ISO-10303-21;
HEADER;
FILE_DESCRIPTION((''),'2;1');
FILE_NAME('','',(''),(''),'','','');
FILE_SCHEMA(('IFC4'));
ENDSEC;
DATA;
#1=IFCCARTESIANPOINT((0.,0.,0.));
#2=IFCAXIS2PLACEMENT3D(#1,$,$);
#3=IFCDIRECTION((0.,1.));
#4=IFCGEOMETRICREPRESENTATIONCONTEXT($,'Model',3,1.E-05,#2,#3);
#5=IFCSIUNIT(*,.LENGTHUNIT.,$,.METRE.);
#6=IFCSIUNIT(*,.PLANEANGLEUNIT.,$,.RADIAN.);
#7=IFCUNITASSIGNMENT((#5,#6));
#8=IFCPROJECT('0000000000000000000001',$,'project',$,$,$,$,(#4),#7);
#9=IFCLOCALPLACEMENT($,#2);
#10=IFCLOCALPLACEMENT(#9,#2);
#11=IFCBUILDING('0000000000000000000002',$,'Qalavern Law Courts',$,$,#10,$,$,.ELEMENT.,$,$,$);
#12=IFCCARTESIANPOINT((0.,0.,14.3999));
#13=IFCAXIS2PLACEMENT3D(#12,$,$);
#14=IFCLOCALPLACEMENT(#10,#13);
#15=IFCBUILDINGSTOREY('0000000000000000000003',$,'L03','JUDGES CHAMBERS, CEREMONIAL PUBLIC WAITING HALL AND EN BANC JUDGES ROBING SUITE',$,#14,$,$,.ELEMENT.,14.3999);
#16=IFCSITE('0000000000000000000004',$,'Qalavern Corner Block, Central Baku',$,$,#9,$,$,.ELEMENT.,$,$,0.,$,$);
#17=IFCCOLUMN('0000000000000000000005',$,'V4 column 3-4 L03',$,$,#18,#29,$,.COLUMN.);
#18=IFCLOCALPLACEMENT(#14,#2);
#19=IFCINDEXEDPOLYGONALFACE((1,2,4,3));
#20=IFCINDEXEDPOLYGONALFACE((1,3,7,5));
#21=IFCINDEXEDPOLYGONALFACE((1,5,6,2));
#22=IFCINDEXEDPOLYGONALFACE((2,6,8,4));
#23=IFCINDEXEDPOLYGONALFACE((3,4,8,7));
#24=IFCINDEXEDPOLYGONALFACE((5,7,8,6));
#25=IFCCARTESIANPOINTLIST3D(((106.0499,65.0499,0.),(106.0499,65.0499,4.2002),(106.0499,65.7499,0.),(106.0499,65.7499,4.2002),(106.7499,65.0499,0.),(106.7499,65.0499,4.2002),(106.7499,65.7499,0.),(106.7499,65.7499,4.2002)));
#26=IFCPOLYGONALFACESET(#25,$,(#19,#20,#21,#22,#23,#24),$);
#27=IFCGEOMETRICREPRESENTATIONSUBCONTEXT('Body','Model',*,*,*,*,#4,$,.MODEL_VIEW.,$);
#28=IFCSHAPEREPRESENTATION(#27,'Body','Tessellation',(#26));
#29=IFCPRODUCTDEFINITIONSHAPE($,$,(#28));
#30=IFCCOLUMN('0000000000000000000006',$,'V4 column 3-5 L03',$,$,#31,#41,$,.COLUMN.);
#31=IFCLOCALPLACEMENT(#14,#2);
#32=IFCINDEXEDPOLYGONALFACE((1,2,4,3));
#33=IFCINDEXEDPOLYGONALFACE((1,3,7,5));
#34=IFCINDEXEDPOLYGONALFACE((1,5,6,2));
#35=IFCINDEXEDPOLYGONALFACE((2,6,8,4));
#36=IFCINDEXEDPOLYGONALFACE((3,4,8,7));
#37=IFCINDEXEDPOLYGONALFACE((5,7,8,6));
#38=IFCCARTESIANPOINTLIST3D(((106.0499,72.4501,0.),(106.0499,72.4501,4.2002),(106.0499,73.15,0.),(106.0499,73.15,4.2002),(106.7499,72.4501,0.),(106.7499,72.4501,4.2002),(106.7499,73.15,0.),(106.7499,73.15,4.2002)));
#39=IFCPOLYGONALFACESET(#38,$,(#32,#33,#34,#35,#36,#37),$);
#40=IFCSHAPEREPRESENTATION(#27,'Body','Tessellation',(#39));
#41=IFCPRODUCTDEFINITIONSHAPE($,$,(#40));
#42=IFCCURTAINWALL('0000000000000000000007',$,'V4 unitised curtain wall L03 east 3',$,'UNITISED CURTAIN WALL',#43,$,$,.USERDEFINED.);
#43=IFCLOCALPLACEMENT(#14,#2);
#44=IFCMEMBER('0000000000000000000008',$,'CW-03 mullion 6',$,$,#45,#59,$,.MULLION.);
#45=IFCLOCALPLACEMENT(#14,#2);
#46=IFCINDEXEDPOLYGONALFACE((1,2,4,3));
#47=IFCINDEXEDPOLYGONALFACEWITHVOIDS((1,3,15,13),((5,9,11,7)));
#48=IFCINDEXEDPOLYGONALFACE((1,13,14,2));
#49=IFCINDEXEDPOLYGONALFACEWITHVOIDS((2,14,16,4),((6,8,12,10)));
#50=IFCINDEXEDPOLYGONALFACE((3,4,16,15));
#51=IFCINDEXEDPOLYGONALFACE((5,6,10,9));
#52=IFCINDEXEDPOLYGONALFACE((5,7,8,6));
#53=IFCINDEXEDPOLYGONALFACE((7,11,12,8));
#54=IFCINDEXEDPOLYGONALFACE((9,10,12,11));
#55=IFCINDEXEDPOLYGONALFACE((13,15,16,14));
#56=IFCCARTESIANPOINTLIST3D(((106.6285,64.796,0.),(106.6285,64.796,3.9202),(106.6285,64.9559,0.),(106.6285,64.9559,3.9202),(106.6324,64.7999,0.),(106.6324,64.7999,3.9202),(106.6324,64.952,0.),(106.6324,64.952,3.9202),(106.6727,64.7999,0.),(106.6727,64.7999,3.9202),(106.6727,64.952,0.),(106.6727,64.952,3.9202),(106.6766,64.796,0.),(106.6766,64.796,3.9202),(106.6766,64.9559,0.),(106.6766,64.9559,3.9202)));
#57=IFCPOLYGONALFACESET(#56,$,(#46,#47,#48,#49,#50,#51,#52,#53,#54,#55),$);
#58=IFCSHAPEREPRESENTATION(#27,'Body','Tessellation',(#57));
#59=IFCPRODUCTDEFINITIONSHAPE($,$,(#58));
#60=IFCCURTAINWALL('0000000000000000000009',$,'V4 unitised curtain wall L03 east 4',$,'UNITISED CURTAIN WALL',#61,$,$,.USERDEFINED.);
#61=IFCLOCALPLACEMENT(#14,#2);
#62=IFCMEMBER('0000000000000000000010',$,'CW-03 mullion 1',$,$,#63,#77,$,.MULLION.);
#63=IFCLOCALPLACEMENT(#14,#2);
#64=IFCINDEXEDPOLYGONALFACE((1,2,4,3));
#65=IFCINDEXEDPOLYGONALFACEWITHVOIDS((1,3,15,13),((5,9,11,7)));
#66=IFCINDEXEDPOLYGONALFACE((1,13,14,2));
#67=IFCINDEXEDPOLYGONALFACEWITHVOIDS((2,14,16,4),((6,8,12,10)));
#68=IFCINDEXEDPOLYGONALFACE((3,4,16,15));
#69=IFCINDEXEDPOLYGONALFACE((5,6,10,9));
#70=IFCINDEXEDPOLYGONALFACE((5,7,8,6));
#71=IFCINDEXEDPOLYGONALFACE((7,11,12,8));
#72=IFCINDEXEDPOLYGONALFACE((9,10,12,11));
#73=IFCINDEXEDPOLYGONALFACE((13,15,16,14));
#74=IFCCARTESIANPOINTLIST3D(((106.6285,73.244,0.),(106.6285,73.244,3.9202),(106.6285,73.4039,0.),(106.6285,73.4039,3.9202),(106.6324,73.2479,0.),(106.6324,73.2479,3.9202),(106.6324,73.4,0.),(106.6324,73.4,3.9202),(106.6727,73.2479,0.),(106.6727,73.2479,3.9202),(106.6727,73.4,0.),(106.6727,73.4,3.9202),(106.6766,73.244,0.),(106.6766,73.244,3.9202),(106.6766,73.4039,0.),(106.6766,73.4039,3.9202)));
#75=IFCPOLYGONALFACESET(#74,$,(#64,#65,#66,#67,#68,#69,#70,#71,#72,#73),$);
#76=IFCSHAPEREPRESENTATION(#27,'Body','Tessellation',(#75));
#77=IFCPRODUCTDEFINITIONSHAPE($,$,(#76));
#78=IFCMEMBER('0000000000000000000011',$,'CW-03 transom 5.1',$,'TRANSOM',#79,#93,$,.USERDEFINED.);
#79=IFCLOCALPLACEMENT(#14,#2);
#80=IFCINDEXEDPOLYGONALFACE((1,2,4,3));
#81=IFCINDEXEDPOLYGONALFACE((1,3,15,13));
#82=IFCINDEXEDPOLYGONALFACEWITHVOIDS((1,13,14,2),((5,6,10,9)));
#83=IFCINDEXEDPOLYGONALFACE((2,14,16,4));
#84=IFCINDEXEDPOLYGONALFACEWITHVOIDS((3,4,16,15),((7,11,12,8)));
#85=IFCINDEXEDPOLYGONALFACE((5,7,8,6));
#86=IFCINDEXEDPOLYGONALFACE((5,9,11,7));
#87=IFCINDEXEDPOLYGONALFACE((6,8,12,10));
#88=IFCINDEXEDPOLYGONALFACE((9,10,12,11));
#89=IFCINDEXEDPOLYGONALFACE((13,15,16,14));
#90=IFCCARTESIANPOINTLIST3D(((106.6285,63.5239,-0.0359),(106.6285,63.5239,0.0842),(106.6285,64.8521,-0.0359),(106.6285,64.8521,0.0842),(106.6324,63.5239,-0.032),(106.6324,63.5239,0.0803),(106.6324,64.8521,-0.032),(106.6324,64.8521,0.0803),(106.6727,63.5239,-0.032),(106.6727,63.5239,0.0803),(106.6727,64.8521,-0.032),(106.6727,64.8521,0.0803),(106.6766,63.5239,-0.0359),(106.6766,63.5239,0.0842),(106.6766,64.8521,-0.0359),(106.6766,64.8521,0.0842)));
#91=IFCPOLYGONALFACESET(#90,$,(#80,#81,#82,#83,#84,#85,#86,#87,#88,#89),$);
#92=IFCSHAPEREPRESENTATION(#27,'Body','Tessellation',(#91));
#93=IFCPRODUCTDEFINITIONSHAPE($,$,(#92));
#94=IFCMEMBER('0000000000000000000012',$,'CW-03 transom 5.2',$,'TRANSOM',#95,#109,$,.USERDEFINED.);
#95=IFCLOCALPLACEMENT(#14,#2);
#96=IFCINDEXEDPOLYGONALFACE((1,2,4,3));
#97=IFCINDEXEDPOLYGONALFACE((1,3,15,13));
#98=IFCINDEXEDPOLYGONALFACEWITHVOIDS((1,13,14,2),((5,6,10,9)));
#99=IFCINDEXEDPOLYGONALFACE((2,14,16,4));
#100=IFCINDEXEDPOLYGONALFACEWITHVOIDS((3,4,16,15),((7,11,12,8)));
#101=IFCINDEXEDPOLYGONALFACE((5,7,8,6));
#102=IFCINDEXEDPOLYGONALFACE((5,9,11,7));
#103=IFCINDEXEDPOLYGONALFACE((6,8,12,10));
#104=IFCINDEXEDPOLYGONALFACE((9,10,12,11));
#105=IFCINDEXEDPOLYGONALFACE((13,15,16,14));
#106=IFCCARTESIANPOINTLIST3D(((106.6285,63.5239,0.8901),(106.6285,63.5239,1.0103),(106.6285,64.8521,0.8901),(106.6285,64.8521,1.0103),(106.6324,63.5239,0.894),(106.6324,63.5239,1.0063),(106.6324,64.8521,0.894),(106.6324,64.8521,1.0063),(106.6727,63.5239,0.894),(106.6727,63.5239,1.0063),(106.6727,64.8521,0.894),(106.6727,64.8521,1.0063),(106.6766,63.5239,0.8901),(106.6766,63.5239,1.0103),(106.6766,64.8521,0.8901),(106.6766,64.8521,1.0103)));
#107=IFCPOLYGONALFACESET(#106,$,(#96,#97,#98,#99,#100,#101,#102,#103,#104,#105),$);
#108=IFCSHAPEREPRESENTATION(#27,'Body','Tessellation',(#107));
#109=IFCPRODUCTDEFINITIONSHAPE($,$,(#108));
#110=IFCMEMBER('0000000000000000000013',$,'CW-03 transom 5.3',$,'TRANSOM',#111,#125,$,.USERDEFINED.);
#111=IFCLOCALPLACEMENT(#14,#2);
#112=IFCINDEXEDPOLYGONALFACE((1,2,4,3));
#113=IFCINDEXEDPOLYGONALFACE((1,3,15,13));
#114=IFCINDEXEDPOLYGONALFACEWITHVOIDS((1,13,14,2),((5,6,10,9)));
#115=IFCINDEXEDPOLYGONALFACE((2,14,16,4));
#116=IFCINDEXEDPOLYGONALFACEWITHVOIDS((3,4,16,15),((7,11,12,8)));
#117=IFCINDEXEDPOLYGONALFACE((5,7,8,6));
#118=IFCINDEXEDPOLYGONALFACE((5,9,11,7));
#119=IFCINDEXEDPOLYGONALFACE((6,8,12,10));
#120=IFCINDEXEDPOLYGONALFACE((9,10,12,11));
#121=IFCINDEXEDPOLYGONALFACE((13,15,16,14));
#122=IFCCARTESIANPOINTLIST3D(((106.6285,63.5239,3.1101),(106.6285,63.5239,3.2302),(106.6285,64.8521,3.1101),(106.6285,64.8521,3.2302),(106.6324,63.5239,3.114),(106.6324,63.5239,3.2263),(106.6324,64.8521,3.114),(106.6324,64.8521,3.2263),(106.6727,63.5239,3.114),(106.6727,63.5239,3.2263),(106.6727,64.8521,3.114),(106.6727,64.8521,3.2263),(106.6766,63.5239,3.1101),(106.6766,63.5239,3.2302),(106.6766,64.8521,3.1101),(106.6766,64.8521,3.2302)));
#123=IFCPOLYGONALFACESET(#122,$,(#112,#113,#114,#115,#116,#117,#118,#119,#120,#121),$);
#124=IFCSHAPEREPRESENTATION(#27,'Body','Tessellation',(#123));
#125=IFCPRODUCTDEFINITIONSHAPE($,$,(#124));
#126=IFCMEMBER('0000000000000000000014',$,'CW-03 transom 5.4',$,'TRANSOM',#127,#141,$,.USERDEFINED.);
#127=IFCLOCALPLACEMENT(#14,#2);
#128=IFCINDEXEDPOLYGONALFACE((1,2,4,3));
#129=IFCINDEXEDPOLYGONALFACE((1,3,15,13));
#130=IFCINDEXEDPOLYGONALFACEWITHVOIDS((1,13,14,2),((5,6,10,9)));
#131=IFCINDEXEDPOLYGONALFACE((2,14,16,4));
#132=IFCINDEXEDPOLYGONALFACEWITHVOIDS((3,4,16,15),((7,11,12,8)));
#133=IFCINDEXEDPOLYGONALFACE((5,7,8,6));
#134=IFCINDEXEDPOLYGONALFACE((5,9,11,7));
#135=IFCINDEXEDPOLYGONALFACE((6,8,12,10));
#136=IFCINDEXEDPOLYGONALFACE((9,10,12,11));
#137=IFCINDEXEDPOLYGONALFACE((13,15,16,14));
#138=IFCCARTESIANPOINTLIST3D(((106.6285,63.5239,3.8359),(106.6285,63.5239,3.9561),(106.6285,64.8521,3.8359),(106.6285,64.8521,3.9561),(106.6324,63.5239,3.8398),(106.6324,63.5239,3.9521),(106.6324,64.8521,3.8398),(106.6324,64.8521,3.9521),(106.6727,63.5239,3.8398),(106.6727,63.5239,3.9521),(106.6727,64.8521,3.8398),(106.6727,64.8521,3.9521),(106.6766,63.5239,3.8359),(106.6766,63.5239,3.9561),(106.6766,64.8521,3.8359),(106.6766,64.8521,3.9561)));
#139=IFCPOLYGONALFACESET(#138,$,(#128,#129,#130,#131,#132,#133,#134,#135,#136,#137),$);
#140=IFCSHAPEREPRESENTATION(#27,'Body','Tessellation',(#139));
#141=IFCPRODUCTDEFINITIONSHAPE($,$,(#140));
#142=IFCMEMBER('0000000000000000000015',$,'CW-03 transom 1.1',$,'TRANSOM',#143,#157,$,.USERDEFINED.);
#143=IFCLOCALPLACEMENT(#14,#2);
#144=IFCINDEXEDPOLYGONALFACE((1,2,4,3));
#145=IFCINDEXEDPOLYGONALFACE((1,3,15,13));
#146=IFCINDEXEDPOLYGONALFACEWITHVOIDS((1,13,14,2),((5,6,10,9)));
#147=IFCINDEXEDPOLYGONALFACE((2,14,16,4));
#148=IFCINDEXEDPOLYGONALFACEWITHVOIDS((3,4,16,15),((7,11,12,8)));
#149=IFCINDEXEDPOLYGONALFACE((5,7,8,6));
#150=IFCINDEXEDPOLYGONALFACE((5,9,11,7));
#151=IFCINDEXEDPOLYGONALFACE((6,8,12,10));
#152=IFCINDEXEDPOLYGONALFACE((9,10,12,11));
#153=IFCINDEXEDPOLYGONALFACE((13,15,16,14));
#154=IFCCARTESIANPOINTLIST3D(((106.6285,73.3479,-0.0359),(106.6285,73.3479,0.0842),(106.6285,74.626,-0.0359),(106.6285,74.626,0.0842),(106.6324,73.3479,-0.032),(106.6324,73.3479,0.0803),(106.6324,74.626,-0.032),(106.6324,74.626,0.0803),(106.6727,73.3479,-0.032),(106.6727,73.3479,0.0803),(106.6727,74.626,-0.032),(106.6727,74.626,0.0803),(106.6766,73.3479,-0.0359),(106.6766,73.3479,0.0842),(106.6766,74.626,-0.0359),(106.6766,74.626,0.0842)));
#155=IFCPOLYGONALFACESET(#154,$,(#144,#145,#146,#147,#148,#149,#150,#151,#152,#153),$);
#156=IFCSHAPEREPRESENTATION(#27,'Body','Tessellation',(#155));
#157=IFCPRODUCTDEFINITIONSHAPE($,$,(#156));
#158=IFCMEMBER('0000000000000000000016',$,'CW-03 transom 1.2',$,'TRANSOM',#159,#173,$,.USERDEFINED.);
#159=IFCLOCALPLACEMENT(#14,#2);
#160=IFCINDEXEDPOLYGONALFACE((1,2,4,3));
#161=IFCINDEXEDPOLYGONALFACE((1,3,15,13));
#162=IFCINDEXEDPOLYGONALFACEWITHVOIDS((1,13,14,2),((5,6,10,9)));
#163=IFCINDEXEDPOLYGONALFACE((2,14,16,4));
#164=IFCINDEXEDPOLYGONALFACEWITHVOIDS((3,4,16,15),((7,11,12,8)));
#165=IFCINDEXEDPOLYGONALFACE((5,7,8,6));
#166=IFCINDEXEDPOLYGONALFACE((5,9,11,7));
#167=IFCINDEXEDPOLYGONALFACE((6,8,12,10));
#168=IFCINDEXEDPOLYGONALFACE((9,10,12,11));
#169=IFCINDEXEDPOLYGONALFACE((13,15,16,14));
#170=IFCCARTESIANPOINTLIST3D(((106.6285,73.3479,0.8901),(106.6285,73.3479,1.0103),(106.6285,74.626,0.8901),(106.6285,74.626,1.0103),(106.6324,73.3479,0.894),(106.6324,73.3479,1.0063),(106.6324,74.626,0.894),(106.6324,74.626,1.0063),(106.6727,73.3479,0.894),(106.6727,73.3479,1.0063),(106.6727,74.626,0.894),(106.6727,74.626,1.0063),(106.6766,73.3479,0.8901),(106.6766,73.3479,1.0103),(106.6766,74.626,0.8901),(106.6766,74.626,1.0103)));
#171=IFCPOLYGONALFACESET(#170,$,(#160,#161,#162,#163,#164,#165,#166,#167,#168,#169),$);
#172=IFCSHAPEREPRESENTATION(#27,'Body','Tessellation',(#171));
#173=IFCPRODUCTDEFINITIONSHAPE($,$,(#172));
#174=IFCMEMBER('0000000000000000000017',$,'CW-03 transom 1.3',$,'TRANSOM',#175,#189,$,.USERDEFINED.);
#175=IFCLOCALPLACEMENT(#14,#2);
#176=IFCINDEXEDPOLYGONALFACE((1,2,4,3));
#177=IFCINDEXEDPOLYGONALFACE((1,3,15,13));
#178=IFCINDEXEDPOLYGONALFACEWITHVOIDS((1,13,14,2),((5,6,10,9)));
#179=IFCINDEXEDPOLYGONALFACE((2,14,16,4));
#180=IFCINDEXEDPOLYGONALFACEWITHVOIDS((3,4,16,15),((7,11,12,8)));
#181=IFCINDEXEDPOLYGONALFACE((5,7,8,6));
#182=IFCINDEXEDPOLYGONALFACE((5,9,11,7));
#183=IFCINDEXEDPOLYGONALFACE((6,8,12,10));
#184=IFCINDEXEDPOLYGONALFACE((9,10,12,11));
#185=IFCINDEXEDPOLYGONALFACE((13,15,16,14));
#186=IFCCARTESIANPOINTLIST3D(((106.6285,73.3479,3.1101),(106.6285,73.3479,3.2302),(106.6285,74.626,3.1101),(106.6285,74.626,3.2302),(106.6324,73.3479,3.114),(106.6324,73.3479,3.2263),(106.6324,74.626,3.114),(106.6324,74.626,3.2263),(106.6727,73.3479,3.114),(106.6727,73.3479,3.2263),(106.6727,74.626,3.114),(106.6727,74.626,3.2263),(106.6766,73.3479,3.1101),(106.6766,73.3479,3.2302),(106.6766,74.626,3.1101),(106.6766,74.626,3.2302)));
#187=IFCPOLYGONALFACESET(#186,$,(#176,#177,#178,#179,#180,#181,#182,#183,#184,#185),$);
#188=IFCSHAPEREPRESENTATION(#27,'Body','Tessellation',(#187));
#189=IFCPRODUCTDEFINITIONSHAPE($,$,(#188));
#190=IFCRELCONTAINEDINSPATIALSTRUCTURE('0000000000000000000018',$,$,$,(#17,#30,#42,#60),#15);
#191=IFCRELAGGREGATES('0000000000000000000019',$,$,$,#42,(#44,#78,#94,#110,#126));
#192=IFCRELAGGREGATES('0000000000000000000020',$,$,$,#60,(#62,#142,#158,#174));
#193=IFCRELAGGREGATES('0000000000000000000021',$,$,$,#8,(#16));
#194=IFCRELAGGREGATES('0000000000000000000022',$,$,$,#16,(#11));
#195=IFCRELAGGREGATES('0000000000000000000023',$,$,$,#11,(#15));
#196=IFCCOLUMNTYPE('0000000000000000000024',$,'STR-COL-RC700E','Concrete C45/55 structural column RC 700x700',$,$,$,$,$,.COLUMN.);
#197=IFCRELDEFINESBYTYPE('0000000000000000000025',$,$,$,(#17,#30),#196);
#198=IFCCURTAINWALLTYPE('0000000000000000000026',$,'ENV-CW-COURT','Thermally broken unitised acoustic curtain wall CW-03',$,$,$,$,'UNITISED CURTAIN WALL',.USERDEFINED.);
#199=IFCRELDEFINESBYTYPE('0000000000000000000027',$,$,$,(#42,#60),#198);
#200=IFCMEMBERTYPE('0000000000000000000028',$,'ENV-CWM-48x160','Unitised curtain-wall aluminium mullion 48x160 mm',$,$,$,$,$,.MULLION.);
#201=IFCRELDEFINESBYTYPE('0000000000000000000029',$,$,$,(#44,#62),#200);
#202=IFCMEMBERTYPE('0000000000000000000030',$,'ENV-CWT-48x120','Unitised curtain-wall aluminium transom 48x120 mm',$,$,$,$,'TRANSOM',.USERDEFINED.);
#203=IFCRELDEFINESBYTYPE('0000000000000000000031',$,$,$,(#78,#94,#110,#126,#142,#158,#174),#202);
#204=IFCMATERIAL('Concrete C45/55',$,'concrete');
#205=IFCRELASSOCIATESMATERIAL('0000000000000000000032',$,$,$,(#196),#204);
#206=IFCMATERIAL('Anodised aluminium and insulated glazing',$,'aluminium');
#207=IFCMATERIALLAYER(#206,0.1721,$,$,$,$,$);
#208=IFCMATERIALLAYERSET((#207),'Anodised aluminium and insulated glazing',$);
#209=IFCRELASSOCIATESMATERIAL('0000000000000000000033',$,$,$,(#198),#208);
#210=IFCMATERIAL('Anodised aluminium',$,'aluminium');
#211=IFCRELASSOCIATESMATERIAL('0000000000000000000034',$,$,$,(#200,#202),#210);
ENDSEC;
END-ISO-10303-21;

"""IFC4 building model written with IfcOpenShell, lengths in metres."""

from ifc_helpers import new_model, si_unit, direction, frame, origin, origin_2d, place, context, subcontext, project, spatial, rectangle, hollow_rectangle, extrude, material, layer, layer_set, material_profile, profile_set, type_object, element, aggregate, save


model = new_model("IFC4")

# Units and contexts
model_context = context("Model", 3, precision=1e-05, world=origin(), true_north=direction((0.0, 1.0)))
body_context = subcontext(model_context, "Body", "Model", "MODEL_VIEW")
ifc_project = project(units=[si_unit("LENGTHUNIT", "METRE"), si_unit("PLANEANGLEUNIT", "RADIAN")], contexts=[model_context])

# Site, building, storey
site_placement = place(None, origin())
site = spatial("IfcSite", under=ifc_project, at=site_placement, Name="Qalavern Corner Block, Central Baku", CompositionType="ELEMENT", RefElevation=0.0)
building_placement = place(site_placement, origin())
building = spatial("IfcBuilding", under=site, at=building_placement, Name="Qalavern Law Courts", CompositionType="ELEMENT")
storey_placement = place(building_placement, frame((0.0, 0.0, 14.3999)))
storey = spatial("IfcBuildingStorey", under=building, at=storey_placement, Name="L03", Description="JUDGES CHAMBERS, CEREMONIAL PUBLIC WAITING HALL AND EN BANC JUDGES ROBING SUITE", CompositionType="ELEMENT", Elevation=14.3999)

# Columns
ifc_material_1 = material(Name="Concrete C45/55", Category="concrete")
ifc_material_profile_1 = material_profile(ifc_material_1, rectangle(XDim=0.7, YDim=0.7, at=origin_2d()), Name="RC 700x700")
ifc_profile_set_1 = profile_set([ifc_material_profile_1], Name="Concrete C45/55")
column_type = type_object("IfcColumnType", Name="STR-COL-RC700E", Description="Concrete C45/55 structural column RC 700x700", PredefinedType="COLUMN", material=ifc_profile_set_1)
for number, where, z_axis, x_axis, name in (
    (1, (106.3999, 65.3999, 0.0), (0.0, 0.0, 1.0), (1.0, 0.0, 0.0), "V4 column 3-4 L03"),
    (2, (106.3999, 72.8, 0.0), (0.0, 0.0, 1.0), (1.0, 0.0, 0.0), "V4 column 3-5 L03"),
):
    element("IfcColumn", number, at=place(storey_placement, frame(where, z_axis=z_axis, x_axis=x_axis)), inside=storey, type_object=column_type, Name=name, PredefinedType="COLUMN", context=body_context, shape_type="SweptSolid", body=[
        extrude(rectangle(XDim=0.7, YDim=0.7, at=origin_2d()), origin(), (0.0, 0.0, 1.0), 4.2002),
    ])

# Curtain walls, members
ifc_material_2 = material(Name="Anodised aluminium and insulated glazing", Category="aluminium")
ifc_layer_1 = layer(ifc_material_2, 0.1721)
ifc_layer_set_1 = layer_set([ifc_layer_1], Name="Anodised aluminium and insulated glazing")
curtain_wall_type = type_object("IfcCurtainWallType", Name="ENV-CW-COURT", Description="Thermally broken unitised acoustic curtain wall CW-03", ElementType="UNITISED CURTAIN WALL", PredefinedType="USERDEFINED", material=ifc_layer_set_1)
curtain_wall_1_placement = place(storey_placement, origin())
curtain_wall_1 = element("IfcCurtainWall", 3, at=curtain_wall_1_placement, inside=storey, type_object=curtain_wall_type, Name="V4 unitised curtain wall L03 east 3", ObjectType="UNITISED CURTAIN WALL", PredefinedType="USERDEFINED")
ifc_material_3 = material(Name="Anodised aluminium", Category="aluminium")
ifc_material_profile_2 = material_profile(ifc_material_3, hollow_rectangle(XDim=0.0481, YDim=0.1599, WallThickness=0.0039, at=origin_2d()), Name="ALU MULLION 48x160")
ifc_profile_set_2 = profile_set([ifc_material_profile_2], Name="Anodised aluminium")
member_type_1 = type_object("IfcMemberType", Name="ENV-CWM-48x160", Description="Unitised curtain-wall aluminium mullion 48x160 mm", PredefinedType="MULLION", material=ifc_profile_set_2)
member_1_placement = place(storey_placement, frame((106.6526, 64.876, 0.0), z_axis=(0.0, 0.0, 1.0), x_axis=(-1.0, 0.0, 0.0)))
member_1 = element("IfcMember", 4, at=member_1_placement, type_object=member_type_1, Name="CW-03 mullion 6", PredefinedType="MULLION", context=body_context, shape_type="SweptSolid", body=[
    extrude(hollow_rectangle(XDim=0.0481, YDim=0.1599, WallThickness=0.0039, at=origin_2d()), origin(), (0.0, 0.0, 1.0), 3.9202),
])
curtain_wall_2_placement = place(storey_placement, origin())
curtain_wall_2 = element("IfcCurtainWall", 5, at=curtain_wall_2_placement, inside=storey, type_object=curtain_wall_type, Name="V4 unitised curtain wall L03 east 4", ObjectType="UNITISED CURTAIN WALL", PredefinedType="USERDEFINED")
member_2_placement = place(storey_placement, frame((106.6526, 73.324, 0.0), z_axis=(0.0, 0.0, 1.0), x_axis=(-1.0, 0.0, 0.0)))
member_2 = element("IfcMember", 6, at=member_2_placement, type_object=member_type_1, Name="CW-03 mullion 1", PredefinedType="MULLION", context=body_context, shape_type="SweptSolid", body=[
    extrude(hollow_rectangle(XDim=0.0481, YDim=0.1599, WallThickness=0.0039, at=origin_2d()), origin(), (0.0, 0.0, 1.0), 3.9202),
])

# Members
ifc_material_profile_3 = material_profile(ifc_material_3, hollow_rectangle(XDim=0.0481, YDim=0.1201, WallThickness=0.0039, at=origin_2d()), Name="ALU TRANSOM 48x120")
ifc_profile_set_3 = profile_set([ifc_material_profile_3], Name="Anodised aluminium")
member_type_2 = type_object("IfcMemberType", Name="ENV-CWT-48x120", Description="Unitised curtain-wall aluminium transom 48x120 mm", ElementType="TRANSOM", PredefinedType="USERDEFINED", material=ifc_profile_set_3)
member_3_placement = place(storey_placement, frame((106.6526, 63.5239, 0.0242), z_axis=(0.0, 1.0, 0.0), x_axis=(-1.0, 0.0, 0.0)))
member_3 = element("IfcMember", 7, at=member_3_placement, type_object=member_type_2, Name="CW-03 transom 5.1", ObjectType="TRANSOM", PredefinedType="USERDEFINED", context=body_context, shape_type="SweptSolid", body=[
    extrude(hollow_rectangle(XDim=0.0481, YDim=0.1201, WallThickness=0.0039, at=origin_2d()), origin(), (0.0, 0.0, 1.0), 1.3281),
])
member_4_placement = place(storey_placement, frame((106.6526, 63.5239, 0.9502), z_axis=(0.0, 1.0, 0.0), x_axis=(-1.0, 0.0, 0.0)))
member_4 = element("IfcMember", 8, at=member_4_placement, type_object=member_type_2, Name="CW-03 transom 5.2", ObjectType="TRANSOM", PredefinedType="USERDEFINED", context=body_context, shape_type="SweptSolid", body=[
    extrude(hollow_rectangle(XDim=0.0481, YDim=0.1201, WallThickness=0.0039, at=origin_2d()), origin(), (0.0, 0.0, 1.0), 1.3281),
])
member_5_placement = place(storey_placement, frame((106.6526, 63.5239, 3.1702), z_axis=(0.0, 1.0, 0.0), x_axis=(-1.0, 0.0, 0.0)))
member_5 = element("IfcMember", 9, at=member_5_placement, type_object=member_type_2, Name="CW-03 transom 5.3", ObjectType="TRANSOM", PredefinedType="USERDEFINED", context=body_context, shape_type="SweptSolid", body=[
    extrude(hollow_rectangle(XDim=0.0481, YDim=0.1201, WallThickness=0.0039, at=origin_2d()), origin(), (0.0, 0.0, 1.0), 1.3281),
])
member_6_placement = place(storey_placement, frame((106.6526, 63.5239, 3.896), z_axis=(0.0, 1.0, 0.0), x_axis=(-1.0, 0.0, 0.0)))
member_6 = element("IfcMember", 10, at=member_6_placement, type_object=member_type_2, Name="CW-03 transom 5.4", ObjectType="TRANSOM", PredefinedType="USERDEFINED", context=body_context, shape_type="SweptSolid", body=[
    extrude(hollow_rectangle(XDim=0.0481, YDim=0.1201, WallThickness=0.0039, at=origin_2d()), origin(), (0.0, 0.0, 1.0), 1.3281),
])
member_7_placement = place(storey_placement, frame((106.6526, 73.3479, 0.0242), z_axis=(0.0, 1.0, 0.0), x_axis=(-1.0, 0.0, 0.0)))
member_7 = element("IfcMember", 11, at=member_7_placement, type_object=member_type_2, Name="CW-03 transom 1.1", ObjectType="TRANSOM", PredefinedType="USERDEFINED", context=body_context, shape_type="SweptSolid", body=[
    extrude(hollow_rectangle(XDim=0.0481, YDim=0.1201, WallThickness=0.0039, at=origin_2d()), origin(), (0.0, 0.0, 1.0), 1.2781),
])
member_8_placement = place(storey_placement, frame((106.6526, 73.3479, 0.9502), z_axis=(0.0, 1.0, 0.0), x_axis=(-1.0, 0.0, 0.0)))
member_8 = element("IfcMember", 12, at=member_8_placement, type_object=member_type_2, Name="CW-03 transom 1.2", ObjectType="TRANSOM", PredefinedType="USERDEFINED", context=body_context, shape_type="SweptSolid", body=[
    extrude(hollow_rectangle(XDim=0.0481, YDim=0.1201, WallThickness=0.0039, at=origin_2d()), origin(), (0.0, 0.0, 1.0), 1.2781),
])
member_9_placement = place(storey_placement, frame((106.6526, 73.3479, 3.1702), z_axis=(0.0, 1.0, 0.0), x_axis=(-1.0, 0.0, 0.0)))
member_9 = element("IfcMember", 13, at=member_9_placement, type_object=member_type_2, Name="CW-03 transom 1.3", ObjectType="TRANSOM", PredefinedType="USERDEFINED", context=body_context, shape_type="SweptSolid", body=[
    extrude(hollow_rectangle(XDim=0.0481, YDim=0.1201, WallThickness=0.0039, at=origin_2d()), origin(), (0.0, 0.0, 1.0), 1.2781),
])

aggregate(curtain_wall_1, [member_1, member_3, member_4, member_5, member_6])
aggregate(curtain_wall_2, [member_2, member_7, member_8, member_9])

save(model, "model.ifc")
